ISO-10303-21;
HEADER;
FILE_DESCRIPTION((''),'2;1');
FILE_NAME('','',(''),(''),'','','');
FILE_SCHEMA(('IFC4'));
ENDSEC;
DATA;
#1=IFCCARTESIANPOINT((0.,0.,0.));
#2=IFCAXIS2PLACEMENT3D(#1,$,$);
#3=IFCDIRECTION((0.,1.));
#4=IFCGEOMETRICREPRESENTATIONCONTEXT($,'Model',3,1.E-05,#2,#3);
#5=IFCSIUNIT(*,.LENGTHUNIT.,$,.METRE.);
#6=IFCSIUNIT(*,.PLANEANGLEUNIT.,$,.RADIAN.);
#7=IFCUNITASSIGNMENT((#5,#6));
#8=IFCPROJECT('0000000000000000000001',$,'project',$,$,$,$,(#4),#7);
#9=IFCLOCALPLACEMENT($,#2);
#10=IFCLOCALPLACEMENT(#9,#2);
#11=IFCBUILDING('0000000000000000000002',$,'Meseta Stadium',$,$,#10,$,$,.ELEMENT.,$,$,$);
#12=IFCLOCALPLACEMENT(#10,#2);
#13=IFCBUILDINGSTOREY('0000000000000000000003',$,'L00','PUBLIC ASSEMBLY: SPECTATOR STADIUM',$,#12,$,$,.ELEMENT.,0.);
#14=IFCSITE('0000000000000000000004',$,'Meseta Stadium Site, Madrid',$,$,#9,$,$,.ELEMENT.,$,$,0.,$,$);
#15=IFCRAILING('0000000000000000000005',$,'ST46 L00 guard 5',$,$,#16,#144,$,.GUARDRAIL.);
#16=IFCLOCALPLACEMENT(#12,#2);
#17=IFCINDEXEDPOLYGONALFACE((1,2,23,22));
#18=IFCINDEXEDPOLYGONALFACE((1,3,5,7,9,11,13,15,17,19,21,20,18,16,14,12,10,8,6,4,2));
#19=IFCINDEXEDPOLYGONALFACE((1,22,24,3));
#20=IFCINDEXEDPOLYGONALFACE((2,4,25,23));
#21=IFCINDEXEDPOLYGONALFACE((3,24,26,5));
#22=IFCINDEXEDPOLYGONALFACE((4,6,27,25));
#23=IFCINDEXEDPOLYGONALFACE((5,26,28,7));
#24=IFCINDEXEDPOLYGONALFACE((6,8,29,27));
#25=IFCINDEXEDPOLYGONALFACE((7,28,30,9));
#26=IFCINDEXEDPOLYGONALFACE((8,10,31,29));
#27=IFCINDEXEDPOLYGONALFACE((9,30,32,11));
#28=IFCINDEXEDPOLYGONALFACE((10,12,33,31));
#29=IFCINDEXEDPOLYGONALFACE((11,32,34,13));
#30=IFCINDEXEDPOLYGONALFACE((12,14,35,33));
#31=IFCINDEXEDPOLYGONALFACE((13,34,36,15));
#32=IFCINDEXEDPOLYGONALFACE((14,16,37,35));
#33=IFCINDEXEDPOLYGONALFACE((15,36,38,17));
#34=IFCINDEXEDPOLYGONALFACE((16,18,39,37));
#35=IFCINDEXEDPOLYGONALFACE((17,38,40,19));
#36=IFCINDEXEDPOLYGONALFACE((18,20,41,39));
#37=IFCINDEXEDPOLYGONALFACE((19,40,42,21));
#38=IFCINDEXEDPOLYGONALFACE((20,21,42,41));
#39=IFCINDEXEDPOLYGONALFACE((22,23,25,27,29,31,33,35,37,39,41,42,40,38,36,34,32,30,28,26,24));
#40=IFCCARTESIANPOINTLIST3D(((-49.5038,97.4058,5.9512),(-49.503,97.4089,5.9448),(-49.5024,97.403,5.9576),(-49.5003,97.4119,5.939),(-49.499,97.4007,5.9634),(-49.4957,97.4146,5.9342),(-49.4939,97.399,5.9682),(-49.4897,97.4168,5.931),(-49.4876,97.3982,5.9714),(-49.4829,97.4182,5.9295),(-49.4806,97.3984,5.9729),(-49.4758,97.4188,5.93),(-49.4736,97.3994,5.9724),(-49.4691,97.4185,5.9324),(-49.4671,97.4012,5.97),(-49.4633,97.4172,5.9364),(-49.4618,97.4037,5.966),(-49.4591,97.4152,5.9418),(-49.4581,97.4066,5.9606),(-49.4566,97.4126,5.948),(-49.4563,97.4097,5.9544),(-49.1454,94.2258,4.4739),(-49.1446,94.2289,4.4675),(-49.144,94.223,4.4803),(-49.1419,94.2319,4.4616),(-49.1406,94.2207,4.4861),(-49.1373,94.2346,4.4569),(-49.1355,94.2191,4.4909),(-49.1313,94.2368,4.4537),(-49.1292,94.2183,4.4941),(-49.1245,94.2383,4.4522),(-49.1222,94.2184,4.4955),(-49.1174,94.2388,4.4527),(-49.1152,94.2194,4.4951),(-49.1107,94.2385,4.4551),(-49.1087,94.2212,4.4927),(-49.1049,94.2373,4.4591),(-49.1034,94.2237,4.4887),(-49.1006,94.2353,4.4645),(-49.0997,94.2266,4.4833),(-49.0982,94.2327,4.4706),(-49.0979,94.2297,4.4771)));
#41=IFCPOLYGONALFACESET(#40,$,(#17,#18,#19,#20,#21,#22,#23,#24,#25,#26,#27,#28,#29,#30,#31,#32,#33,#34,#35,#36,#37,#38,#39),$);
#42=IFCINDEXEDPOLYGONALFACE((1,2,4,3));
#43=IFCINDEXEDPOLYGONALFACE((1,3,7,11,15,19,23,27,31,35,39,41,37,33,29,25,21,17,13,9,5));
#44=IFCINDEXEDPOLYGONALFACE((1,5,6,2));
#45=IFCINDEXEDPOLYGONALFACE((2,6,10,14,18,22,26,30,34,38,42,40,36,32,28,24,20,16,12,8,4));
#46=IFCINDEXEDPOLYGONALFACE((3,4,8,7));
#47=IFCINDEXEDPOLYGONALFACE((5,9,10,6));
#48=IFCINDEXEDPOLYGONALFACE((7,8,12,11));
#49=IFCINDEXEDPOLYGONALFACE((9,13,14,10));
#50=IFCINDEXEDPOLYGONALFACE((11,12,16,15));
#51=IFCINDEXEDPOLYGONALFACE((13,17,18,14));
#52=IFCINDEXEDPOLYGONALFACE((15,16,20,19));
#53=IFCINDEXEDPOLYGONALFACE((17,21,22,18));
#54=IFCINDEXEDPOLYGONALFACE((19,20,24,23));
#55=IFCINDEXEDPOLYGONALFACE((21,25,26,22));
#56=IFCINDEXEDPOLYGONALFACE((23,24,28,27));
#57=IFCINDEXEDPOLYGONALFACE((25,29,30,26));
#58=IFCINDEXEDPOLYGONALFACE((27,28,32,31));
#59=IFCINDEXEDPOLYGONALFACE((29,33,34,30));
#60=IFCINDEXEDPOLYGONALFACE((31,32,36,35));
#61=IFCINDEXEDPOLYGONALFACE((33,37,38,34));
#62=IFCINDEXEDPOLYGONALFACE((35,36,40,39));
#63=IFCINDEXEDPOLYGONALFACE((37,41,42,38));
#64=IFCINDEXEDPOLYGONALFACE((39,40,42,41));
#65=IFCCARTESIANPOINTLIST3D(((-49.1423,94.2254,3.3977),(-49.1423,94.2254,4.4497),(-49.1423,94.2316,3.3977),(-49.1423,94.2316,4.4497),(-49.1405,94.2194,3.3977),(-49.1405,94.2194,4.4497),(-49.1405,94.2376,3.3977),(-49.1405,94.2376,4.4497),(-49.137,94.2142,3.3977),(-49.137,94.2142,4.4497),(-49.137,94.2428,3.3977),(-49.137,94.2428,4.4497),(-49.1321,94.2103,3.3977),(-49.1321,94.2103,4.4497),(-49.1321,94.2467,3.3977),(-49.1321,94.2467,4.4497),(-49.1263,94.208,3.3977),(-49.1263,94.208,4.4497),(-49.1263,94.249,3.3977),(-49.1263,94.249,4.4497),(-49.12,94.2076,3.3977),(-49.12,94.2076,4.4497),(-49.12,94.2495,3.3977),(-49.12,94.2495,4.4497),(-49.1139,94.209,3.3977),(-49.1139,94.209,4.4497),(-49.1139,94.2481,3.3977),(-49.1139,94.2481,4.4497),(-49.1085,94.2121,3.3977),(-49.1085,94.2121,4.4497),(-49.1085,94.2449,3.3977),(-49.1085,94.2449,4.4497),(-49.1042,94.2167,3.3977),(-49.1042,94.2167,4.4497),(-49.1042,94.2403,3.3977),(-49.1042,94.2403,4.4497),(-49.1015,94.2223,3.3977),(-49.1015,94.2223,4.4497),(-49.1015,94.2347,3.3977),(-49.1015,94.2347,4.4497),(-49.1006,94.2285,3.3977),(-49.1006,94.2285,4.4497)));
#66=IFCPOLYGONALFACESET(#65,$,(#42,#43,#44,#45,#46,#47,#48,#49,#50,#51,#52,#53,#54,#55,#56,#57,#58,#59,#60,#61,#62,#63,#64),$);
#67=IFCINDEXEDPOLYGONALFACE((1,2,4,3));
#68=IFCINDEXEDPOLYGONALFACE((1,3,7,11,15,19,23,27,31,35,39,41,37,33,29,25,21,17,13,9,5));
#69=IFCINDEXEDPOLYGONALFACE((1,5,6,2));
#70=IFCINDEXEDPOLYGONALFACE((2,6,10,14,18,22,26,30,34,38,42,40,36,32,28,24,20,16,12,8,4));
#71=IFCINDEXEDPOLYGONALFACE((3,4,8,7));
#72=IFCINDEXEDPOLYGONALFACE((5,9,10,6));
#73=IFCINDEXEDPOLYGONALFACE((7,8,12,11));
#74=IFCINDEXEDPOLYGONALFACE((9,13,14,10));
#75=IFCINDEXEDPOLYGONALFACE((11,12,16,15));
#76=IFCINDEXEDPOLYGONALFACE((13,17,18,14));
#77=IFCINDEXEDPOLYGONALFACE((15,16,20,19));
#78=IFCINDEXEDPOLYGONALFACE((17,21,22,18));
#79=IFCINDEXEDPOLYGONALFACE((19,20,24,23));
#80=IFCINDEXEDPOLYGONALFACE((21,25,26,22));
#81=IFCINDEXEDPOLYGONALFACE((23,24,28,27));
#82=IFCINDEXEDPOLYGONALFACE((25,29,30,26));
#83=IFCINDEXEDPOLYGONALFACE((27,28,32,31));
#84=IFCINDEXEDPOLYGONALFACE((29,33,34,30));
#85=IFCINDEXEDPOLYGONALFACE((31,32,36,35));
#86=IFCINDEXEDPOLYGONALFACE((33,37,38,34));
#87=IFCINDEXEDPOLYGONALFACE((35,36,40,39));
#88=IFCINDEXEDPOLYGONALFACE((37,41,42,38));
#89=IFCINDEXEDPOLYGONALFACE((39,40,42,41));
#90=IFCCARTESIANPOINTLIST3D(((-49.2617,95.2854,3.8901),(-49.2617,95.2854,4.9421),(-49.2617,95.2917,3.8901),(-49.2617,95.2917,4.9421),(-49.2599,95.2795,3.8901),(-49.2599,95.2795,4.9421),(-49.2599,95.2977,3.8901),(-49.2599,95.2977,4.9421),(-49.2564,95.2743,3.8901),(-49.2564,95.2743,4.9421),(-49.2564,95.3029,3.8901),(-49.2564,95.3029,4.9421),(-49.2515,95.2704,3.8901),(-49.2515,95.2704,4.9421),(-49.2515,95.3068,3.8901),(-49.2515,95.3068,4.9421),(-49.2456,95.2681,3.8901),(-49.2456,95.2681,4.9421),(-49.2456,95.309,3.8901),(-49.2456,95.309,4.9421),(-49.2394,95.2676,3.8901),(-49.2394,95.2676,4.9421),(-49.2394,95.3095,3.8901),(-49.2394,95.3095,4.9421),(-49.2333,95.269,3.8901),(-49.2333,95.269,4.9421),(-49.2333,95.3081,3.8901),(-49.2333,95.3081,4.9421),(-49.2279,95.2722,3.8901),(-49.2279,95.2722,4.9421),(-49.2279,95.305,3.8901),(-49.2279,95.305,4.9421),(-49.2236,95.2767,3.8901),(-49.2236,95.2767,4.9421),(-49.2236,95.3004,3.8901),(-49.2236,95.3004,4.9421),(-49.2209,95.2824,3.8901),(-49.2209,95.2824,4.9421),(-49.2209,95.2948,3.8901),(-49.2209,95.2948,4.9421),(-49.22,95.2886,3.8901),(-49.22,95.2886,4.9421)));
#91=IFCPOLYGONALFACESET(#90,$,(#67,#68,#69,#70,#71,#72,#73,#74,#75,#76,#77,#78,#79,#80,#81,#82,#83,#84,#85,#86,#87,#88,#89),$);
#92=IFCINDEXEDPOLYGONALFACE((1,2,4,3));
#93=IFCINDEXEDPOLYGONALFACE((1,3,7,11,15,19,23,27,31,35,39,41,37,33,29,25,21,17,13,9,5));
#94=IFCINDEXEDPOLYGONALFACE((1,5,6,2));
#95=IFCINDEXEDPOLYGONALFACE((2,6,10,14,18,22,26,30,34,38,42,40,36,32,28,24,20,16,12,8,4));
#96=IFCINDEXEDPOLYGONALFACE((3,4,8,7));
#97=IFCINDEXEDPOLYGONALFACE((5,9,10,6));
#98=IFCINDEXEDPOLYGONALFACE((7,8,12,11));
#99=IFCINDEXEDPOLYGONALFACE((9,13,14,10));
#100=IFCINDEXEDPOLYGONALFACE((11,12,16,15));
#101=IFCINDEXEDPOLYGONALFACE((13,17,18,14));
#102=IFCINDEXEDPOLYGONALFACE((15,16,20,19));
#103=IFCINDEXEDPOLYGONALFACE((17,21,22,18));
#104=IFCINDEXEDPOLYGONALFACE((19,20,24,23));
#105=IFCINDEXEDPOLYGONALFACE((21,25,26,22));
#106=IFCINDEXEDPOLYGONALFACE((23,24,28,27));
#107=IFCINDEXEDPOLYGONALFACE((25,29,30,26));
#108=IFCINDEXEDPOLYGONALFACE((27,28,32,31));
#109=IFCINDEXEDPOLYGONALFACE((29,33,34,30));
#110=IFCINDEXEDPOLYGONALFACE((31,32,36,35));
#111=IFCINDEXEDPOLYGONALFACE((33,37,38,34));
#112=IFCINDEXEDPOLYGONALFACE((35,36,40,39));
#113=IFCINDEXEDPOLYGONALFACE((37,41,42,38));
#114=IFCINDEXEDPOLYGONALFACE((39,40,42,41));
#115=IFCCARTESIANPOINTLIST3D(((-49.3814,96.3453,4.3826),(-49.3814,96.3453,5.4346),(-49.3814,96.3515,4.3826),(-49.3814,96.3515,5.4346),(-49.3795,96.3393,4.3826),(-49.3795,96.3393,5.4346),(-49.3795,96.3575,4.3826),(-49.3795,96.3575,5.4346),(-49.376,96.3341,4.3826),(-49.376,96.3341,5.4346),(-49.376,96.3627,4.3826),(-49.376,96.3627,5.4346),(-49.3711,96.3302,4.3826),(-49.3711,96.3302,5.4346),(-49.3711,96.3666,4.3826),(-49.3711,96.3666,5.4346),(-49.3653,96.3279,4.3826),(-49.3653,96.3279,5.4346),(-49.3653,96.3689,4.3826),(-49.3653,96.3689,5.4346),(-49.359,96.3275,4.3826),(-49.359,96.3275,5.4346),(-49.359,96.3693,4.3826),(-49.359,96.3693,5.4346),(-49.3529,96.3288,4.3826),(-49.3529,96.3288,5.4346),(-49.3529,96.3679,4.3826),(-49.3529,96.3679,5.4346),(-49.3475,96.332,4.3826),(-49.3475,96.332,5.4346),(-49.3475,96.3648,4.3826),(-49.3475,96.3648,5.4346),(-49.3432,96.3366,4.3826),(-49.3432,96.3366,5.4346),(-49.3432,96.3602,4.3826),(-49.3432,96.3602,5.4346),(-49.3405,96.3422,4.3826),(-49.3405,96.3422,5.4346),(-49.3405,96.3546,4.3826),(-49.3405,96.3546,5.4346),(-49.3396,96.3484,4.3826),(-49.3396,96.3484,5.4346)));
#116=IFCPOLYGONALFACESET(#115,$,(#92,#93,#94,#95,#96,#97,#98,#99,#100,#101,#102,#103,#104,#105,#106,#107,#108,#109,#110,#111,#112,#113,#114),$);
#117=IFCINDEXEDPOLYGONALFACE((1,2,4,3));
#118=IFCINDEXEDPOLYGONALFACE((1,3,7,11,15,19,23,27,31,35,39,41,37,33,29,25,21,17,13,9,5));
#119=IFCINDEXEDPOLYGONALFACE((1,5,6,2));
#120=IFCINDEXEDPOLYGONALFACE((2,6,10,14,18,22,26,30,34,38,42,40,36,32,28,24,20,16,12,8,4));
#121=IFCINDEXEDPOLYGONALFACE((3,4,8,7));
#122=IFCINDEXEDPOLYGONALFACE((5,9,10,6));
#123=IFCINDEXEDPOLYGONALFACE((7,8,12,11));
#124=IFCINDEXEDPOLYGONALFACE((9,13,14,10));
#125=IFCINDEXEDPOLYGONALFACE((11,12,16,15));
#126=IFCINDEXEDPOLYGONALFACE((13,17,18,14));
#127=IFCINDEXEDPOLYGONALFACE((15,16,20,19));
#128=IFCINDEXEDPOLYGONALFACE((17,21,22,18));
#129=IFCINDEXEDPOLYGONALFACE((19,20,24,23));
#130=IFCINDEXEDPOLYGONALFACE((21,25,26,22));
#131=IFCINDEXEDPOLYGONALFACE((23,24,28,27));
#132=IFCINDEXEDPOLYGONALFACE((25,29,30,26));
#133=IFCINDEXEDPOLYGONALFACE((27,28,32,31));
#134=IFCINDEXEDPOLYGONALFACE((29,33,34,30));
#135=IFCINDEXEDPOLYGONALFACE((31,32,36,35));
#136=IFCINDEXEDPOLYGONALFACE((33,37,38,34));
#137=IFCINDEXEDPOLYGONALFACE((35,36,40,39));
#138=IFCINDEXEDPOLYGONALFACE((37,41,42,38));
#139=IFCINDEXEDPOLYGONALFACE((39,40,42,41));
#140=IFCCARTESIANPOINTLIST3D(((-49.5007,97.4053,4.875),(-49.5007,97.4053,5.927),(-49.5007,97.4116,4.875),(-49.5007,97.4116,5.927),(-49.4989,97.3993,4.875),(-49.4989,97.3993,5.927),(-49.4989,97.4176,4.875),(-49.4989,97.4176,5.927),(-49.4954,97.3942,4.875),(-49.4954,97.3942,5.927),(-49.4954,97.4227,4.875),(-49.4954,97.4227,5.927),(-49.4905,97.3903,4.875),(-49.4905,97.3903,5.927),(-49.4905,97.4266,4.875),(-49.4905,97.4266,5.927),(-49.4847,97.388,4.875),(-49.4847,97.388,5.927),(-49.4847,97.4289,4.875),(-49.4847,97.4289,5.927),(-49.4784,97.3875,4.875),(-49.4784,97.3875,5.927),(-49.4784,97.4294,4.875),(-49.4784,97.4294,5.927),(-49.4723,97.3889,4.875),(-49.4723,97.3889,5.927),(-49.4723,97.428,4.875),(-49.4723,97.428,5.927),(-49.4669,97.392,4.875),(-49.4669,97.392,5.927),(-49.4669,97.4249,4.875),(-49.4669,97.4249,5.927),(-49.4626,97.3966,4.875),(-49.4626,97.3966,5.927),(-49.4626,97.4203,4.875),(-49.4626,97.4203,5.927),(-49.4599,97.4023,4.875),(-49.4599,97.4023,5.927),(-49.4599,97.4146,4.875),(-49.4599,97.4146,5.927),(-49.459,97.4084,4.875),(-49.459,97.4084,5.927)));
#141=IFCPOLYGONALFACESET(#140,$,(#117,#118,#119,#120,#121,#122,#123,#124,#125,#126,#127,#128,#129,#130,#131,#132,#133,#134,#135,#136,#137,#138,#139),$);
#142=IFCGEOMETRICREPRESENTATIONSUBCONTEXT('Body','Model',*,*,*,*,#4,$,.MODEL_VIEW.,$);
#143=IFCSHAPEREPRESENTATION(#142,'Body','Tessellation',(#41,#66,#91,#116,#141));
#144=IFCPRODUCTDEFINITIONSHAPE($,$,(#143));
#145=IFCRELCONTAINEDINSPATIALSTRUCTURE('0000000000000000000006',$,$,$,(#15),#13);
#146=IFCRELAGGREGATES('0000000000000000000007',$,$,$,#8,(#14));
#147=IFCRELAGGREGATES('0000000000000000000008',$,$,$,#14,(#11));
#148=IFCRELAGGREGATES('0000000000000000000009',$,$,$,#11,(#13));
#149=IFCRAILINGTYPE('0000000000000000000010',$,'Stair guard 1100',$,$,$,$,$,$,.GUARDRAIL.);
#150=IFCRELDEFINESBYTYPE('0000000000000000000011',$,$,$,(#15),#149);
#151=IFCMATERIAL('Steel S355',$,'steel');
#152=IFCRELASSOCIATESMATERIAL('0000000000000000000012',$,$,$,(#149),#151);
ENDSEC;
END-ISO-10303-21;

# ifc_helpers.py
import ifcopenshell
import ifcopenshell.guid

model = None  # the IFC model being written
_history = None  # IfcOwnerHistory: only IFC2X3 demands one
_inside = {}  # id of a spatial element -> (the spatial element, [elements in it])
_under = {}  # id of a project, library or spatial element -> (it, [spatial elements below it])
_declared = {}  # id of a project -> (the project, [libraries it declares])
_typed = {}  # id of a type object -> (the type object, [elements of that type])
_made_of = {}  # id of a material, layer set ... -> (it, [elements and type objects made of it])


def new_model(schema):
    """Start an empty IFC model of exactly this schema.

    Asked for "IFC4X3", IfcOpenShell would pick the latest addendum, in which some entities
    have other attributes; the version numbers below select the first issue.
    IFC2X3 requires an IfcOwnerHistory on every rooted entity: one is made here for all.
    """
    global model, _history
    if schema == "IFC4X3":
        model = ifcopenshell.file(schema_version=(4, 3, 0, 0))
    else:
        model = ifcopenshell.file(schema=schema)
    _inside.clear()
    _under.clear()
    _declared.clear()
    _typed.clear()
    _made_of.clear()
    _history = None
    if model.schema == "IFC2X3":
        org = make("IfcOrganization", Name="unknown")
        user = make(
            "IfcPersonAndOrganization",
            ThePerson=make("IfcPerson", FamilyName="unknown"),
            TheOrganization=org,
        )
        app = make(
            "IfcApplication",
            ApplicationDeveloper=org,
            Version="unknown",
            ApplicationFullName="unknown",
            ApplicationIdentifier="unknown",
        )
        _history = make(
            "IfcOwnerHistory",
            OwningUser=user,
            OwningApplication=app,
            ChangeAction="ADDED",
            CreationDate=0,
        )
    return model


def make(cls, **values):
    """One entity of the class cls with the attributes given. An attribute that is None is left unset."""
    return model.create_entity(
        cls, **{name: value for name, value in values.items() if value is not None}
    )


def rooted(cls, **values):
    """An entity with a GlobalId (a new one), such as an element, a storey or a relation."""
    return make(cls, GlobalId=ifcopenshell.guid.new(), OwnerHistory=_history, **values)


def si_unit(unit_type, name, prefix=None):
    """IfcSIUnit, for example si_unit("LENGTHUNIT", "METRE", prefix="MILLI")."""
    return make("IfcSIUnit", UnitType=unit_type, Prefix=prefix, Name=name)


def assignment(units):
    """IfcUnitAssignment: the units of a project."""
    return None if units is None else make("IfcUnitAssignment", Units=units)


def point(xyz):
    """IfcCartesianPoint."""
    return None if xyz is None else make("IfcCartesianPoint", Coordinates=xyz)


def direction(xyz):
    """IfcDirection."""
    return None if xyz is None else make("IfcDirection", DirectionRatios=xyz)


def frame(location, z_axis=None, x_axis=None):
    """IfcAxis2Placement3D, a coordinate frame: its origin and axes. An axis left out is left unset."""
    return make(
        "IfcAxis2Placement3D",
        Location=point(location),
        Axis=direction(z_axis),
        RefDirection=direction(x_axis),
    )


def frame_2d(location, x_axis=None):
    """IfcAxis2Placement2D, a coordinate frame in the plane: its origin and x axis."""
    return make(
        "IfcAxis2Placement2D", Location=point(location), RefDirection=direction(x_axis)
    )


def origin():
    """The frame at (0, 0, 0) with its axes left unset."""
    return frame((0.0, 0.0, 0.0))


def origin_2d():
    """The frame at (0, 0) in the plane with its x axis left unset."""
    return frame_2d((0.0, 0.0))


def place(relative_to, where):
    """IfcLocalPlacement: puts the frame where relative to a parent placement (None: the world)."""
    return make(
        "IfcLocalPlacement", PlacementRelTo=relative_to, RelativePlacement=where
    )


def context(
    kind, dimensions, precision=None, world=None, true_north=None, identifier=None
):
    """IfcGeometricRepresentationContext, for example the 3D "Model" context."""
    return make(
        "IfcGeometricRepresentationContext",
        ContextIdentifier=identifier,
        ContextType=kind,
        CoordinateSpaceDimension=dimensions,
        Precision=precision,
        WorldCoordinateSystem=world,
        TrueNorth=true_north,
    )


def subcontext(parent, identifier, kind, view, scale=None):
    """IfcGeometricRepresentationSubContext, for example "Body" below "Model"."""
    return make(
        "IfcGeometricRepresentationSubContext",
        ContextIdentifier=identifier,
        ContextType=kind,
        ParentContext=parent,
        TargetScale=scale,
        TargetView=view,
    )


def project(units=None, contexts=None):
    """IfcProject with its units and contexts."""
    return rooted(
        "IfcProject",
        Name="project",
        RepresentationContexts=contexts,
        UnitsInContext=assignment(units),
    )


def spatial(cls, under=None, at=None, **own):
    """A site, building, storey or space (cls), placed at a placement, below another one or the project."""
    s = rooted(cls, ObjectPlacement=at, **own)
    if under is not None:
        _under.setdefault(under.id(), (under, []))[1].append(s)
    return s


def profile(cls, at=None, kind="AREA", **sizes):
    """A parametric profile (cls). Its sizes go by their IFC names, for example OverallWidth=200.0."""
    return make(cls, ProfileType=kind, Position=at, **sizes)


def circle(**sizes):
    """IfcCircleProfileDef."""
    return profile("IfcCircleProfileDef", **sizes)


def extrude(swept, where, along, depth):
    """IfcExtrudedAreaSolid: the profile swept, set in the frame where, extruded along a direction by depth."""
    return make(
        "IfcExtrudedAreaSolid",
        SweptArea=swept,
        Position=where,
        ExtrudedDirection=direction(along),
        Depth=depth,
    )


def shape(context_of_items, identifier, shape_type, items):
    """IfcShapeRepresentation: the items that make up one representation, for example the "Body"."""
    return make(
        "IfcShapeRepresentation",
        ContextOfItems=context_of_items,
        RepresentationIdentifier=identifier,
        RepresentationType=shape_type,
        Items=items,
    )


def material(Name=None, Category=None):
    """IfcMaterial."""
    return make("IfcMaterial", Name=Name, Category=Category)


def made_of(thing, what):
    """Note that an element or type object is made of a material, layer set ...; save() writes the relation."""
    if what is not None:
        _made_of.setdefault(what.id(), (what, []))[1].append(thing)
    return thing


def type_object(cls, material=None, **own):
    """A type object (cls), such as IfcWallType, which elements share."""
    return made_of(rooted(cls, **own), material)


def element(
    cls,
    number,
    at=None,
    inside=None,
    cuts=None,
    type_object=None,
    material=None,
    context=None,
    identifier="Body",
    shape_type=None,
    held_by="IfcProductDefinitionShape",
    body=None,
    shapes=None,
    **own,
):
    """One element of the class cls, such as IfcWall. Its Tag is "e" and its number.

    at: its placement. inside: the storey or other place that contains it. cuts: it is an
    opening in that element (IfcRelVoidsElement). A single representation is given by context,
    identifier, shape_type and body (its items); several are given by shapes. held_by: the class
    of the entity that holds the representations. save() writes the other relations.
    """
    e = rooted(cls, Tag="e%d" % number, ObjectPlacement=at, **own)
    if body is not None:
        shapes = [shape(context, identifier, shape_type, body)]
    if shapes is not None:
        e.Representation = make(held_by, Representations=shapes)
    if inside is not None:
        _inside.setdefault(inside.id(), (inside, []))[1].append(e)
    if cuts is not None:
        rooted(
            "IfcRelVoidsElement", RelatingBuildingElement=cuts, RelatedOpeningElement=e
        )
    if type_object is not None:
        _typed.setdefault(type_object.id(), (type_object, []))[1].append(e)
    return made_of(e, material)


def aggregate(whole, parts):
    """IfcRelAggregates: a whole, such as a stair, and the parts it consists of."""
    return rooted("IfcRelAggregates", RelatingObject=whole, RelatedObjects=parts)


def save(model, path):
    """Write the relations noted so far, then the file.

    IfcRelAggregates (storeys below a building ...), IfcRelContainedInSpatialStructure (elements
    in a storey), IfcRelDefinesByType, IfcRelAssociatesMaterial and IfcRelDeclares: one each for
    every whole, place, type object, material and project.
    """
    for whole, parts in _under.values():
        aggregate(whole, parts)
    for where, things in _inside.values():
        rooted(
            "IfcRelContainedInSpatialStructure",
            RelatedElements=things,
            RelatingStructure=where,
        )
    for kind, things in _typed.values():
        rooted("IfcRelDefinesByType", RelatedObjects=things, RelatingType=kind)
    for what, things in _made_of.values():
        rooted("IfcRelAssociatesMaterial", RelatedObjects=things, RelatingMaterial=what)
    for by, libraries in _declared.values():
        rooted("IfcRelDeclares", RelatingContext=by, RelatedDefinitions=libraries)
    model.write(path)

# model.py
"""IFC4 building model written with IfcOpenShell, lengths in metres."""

from ifc_helpers import new_model, si_unit, direction, frame, origin, origin_2d, place, context, subcontext, project, spatial, circle, extrude, material, type_object, element, save


model = new_model("IFC4")

# Units and contexts
model_context = context("Model", 3, precision=1e-05, world=origin(), true_north=direction((0.0, 1.0)))
body_context = subcontext(model_context, "Body", "Model", "MODEL_VIEW")
ifc_project = project(units=[si_unit("LENGTHUNIT", "METRE"), si_unit("PLANEANGLEUNIT", "RADIAN")], contexts=[model_context])

# Site, building, storey
site_placement = place(None, origin())
site = spatial("IfcSite", under=ifc_project, at=site_placement, Name="Meseta Stadium Site, Madrid", CompositionType="ELEMENT", RefElevation=0.0)
building_placement = place(site_placement, origin())
building = spatial("IfcBuilding", under=site, at=building_placement, Name="Meseta Stadium", CompositionType="ELEMENT")
storey_placement = place(building_placement, origin())
storey = spatial("IfcBuildingStorey", under=building, at=storey_placement, Name="L00", Description="PUBLIC ASSEMBLY: SPECTATOR STADIUM", CompositionType="ELEMENT", Elevation=0.0)

# Railing
ifc_material_1 = material(Name="Steel S355", Category="steel")
railing_type_1 = type_object("IfcRailingType", Name="Stair guard 1100", PredefinedType="GUARDRAIL", material=ifc_material_1)
railing_1_placement = place(storey_placement, frame((-49.1216, 94.2285, 3.3977)))
element("IfcRailing", 1, at=railing_1_placement, inside=storey, type_object=railing_type_1, Name="ST46 L00 guard 5", PredefinedType="GUARDRAIL", context=body_context, shape_type="SweptSolid", body=[
    extrude(circle(Radius=0.0239, at=origin_2d()), frame((0.0, 0.0, 1.0762), z_axis=(-0.101685, 0.90221, 0.419138), x_axis=(-0.993709, -0.111997, 0.0)), (0.0, 0.0, 1.0), 3.5247),
    extrude(circle(Radius=0.021, at=origin_2d()), origin(), (0.0, 0.0, 1.0), 1.052),
    extrude(circle(Radius=0.021, at=origin_2d()), frame((-0.1194, 1.0601, 0.4924)), (0.0, 0.0, 1.0), 1.052),
    extrude(circle(Radius=0.021, at=origin_2d()), frame((-0.239, 2.1199, 0.9849)), (0.0, 0.0, 1.0), 1.052),
    extrude(circle(Radius=0.021, at=origin_2d()), frame((-0.3584, 3.1799, 1.4773)), (0.0, 0.0, 1.0), 1.052),
])

save(model, "model.ifc")
